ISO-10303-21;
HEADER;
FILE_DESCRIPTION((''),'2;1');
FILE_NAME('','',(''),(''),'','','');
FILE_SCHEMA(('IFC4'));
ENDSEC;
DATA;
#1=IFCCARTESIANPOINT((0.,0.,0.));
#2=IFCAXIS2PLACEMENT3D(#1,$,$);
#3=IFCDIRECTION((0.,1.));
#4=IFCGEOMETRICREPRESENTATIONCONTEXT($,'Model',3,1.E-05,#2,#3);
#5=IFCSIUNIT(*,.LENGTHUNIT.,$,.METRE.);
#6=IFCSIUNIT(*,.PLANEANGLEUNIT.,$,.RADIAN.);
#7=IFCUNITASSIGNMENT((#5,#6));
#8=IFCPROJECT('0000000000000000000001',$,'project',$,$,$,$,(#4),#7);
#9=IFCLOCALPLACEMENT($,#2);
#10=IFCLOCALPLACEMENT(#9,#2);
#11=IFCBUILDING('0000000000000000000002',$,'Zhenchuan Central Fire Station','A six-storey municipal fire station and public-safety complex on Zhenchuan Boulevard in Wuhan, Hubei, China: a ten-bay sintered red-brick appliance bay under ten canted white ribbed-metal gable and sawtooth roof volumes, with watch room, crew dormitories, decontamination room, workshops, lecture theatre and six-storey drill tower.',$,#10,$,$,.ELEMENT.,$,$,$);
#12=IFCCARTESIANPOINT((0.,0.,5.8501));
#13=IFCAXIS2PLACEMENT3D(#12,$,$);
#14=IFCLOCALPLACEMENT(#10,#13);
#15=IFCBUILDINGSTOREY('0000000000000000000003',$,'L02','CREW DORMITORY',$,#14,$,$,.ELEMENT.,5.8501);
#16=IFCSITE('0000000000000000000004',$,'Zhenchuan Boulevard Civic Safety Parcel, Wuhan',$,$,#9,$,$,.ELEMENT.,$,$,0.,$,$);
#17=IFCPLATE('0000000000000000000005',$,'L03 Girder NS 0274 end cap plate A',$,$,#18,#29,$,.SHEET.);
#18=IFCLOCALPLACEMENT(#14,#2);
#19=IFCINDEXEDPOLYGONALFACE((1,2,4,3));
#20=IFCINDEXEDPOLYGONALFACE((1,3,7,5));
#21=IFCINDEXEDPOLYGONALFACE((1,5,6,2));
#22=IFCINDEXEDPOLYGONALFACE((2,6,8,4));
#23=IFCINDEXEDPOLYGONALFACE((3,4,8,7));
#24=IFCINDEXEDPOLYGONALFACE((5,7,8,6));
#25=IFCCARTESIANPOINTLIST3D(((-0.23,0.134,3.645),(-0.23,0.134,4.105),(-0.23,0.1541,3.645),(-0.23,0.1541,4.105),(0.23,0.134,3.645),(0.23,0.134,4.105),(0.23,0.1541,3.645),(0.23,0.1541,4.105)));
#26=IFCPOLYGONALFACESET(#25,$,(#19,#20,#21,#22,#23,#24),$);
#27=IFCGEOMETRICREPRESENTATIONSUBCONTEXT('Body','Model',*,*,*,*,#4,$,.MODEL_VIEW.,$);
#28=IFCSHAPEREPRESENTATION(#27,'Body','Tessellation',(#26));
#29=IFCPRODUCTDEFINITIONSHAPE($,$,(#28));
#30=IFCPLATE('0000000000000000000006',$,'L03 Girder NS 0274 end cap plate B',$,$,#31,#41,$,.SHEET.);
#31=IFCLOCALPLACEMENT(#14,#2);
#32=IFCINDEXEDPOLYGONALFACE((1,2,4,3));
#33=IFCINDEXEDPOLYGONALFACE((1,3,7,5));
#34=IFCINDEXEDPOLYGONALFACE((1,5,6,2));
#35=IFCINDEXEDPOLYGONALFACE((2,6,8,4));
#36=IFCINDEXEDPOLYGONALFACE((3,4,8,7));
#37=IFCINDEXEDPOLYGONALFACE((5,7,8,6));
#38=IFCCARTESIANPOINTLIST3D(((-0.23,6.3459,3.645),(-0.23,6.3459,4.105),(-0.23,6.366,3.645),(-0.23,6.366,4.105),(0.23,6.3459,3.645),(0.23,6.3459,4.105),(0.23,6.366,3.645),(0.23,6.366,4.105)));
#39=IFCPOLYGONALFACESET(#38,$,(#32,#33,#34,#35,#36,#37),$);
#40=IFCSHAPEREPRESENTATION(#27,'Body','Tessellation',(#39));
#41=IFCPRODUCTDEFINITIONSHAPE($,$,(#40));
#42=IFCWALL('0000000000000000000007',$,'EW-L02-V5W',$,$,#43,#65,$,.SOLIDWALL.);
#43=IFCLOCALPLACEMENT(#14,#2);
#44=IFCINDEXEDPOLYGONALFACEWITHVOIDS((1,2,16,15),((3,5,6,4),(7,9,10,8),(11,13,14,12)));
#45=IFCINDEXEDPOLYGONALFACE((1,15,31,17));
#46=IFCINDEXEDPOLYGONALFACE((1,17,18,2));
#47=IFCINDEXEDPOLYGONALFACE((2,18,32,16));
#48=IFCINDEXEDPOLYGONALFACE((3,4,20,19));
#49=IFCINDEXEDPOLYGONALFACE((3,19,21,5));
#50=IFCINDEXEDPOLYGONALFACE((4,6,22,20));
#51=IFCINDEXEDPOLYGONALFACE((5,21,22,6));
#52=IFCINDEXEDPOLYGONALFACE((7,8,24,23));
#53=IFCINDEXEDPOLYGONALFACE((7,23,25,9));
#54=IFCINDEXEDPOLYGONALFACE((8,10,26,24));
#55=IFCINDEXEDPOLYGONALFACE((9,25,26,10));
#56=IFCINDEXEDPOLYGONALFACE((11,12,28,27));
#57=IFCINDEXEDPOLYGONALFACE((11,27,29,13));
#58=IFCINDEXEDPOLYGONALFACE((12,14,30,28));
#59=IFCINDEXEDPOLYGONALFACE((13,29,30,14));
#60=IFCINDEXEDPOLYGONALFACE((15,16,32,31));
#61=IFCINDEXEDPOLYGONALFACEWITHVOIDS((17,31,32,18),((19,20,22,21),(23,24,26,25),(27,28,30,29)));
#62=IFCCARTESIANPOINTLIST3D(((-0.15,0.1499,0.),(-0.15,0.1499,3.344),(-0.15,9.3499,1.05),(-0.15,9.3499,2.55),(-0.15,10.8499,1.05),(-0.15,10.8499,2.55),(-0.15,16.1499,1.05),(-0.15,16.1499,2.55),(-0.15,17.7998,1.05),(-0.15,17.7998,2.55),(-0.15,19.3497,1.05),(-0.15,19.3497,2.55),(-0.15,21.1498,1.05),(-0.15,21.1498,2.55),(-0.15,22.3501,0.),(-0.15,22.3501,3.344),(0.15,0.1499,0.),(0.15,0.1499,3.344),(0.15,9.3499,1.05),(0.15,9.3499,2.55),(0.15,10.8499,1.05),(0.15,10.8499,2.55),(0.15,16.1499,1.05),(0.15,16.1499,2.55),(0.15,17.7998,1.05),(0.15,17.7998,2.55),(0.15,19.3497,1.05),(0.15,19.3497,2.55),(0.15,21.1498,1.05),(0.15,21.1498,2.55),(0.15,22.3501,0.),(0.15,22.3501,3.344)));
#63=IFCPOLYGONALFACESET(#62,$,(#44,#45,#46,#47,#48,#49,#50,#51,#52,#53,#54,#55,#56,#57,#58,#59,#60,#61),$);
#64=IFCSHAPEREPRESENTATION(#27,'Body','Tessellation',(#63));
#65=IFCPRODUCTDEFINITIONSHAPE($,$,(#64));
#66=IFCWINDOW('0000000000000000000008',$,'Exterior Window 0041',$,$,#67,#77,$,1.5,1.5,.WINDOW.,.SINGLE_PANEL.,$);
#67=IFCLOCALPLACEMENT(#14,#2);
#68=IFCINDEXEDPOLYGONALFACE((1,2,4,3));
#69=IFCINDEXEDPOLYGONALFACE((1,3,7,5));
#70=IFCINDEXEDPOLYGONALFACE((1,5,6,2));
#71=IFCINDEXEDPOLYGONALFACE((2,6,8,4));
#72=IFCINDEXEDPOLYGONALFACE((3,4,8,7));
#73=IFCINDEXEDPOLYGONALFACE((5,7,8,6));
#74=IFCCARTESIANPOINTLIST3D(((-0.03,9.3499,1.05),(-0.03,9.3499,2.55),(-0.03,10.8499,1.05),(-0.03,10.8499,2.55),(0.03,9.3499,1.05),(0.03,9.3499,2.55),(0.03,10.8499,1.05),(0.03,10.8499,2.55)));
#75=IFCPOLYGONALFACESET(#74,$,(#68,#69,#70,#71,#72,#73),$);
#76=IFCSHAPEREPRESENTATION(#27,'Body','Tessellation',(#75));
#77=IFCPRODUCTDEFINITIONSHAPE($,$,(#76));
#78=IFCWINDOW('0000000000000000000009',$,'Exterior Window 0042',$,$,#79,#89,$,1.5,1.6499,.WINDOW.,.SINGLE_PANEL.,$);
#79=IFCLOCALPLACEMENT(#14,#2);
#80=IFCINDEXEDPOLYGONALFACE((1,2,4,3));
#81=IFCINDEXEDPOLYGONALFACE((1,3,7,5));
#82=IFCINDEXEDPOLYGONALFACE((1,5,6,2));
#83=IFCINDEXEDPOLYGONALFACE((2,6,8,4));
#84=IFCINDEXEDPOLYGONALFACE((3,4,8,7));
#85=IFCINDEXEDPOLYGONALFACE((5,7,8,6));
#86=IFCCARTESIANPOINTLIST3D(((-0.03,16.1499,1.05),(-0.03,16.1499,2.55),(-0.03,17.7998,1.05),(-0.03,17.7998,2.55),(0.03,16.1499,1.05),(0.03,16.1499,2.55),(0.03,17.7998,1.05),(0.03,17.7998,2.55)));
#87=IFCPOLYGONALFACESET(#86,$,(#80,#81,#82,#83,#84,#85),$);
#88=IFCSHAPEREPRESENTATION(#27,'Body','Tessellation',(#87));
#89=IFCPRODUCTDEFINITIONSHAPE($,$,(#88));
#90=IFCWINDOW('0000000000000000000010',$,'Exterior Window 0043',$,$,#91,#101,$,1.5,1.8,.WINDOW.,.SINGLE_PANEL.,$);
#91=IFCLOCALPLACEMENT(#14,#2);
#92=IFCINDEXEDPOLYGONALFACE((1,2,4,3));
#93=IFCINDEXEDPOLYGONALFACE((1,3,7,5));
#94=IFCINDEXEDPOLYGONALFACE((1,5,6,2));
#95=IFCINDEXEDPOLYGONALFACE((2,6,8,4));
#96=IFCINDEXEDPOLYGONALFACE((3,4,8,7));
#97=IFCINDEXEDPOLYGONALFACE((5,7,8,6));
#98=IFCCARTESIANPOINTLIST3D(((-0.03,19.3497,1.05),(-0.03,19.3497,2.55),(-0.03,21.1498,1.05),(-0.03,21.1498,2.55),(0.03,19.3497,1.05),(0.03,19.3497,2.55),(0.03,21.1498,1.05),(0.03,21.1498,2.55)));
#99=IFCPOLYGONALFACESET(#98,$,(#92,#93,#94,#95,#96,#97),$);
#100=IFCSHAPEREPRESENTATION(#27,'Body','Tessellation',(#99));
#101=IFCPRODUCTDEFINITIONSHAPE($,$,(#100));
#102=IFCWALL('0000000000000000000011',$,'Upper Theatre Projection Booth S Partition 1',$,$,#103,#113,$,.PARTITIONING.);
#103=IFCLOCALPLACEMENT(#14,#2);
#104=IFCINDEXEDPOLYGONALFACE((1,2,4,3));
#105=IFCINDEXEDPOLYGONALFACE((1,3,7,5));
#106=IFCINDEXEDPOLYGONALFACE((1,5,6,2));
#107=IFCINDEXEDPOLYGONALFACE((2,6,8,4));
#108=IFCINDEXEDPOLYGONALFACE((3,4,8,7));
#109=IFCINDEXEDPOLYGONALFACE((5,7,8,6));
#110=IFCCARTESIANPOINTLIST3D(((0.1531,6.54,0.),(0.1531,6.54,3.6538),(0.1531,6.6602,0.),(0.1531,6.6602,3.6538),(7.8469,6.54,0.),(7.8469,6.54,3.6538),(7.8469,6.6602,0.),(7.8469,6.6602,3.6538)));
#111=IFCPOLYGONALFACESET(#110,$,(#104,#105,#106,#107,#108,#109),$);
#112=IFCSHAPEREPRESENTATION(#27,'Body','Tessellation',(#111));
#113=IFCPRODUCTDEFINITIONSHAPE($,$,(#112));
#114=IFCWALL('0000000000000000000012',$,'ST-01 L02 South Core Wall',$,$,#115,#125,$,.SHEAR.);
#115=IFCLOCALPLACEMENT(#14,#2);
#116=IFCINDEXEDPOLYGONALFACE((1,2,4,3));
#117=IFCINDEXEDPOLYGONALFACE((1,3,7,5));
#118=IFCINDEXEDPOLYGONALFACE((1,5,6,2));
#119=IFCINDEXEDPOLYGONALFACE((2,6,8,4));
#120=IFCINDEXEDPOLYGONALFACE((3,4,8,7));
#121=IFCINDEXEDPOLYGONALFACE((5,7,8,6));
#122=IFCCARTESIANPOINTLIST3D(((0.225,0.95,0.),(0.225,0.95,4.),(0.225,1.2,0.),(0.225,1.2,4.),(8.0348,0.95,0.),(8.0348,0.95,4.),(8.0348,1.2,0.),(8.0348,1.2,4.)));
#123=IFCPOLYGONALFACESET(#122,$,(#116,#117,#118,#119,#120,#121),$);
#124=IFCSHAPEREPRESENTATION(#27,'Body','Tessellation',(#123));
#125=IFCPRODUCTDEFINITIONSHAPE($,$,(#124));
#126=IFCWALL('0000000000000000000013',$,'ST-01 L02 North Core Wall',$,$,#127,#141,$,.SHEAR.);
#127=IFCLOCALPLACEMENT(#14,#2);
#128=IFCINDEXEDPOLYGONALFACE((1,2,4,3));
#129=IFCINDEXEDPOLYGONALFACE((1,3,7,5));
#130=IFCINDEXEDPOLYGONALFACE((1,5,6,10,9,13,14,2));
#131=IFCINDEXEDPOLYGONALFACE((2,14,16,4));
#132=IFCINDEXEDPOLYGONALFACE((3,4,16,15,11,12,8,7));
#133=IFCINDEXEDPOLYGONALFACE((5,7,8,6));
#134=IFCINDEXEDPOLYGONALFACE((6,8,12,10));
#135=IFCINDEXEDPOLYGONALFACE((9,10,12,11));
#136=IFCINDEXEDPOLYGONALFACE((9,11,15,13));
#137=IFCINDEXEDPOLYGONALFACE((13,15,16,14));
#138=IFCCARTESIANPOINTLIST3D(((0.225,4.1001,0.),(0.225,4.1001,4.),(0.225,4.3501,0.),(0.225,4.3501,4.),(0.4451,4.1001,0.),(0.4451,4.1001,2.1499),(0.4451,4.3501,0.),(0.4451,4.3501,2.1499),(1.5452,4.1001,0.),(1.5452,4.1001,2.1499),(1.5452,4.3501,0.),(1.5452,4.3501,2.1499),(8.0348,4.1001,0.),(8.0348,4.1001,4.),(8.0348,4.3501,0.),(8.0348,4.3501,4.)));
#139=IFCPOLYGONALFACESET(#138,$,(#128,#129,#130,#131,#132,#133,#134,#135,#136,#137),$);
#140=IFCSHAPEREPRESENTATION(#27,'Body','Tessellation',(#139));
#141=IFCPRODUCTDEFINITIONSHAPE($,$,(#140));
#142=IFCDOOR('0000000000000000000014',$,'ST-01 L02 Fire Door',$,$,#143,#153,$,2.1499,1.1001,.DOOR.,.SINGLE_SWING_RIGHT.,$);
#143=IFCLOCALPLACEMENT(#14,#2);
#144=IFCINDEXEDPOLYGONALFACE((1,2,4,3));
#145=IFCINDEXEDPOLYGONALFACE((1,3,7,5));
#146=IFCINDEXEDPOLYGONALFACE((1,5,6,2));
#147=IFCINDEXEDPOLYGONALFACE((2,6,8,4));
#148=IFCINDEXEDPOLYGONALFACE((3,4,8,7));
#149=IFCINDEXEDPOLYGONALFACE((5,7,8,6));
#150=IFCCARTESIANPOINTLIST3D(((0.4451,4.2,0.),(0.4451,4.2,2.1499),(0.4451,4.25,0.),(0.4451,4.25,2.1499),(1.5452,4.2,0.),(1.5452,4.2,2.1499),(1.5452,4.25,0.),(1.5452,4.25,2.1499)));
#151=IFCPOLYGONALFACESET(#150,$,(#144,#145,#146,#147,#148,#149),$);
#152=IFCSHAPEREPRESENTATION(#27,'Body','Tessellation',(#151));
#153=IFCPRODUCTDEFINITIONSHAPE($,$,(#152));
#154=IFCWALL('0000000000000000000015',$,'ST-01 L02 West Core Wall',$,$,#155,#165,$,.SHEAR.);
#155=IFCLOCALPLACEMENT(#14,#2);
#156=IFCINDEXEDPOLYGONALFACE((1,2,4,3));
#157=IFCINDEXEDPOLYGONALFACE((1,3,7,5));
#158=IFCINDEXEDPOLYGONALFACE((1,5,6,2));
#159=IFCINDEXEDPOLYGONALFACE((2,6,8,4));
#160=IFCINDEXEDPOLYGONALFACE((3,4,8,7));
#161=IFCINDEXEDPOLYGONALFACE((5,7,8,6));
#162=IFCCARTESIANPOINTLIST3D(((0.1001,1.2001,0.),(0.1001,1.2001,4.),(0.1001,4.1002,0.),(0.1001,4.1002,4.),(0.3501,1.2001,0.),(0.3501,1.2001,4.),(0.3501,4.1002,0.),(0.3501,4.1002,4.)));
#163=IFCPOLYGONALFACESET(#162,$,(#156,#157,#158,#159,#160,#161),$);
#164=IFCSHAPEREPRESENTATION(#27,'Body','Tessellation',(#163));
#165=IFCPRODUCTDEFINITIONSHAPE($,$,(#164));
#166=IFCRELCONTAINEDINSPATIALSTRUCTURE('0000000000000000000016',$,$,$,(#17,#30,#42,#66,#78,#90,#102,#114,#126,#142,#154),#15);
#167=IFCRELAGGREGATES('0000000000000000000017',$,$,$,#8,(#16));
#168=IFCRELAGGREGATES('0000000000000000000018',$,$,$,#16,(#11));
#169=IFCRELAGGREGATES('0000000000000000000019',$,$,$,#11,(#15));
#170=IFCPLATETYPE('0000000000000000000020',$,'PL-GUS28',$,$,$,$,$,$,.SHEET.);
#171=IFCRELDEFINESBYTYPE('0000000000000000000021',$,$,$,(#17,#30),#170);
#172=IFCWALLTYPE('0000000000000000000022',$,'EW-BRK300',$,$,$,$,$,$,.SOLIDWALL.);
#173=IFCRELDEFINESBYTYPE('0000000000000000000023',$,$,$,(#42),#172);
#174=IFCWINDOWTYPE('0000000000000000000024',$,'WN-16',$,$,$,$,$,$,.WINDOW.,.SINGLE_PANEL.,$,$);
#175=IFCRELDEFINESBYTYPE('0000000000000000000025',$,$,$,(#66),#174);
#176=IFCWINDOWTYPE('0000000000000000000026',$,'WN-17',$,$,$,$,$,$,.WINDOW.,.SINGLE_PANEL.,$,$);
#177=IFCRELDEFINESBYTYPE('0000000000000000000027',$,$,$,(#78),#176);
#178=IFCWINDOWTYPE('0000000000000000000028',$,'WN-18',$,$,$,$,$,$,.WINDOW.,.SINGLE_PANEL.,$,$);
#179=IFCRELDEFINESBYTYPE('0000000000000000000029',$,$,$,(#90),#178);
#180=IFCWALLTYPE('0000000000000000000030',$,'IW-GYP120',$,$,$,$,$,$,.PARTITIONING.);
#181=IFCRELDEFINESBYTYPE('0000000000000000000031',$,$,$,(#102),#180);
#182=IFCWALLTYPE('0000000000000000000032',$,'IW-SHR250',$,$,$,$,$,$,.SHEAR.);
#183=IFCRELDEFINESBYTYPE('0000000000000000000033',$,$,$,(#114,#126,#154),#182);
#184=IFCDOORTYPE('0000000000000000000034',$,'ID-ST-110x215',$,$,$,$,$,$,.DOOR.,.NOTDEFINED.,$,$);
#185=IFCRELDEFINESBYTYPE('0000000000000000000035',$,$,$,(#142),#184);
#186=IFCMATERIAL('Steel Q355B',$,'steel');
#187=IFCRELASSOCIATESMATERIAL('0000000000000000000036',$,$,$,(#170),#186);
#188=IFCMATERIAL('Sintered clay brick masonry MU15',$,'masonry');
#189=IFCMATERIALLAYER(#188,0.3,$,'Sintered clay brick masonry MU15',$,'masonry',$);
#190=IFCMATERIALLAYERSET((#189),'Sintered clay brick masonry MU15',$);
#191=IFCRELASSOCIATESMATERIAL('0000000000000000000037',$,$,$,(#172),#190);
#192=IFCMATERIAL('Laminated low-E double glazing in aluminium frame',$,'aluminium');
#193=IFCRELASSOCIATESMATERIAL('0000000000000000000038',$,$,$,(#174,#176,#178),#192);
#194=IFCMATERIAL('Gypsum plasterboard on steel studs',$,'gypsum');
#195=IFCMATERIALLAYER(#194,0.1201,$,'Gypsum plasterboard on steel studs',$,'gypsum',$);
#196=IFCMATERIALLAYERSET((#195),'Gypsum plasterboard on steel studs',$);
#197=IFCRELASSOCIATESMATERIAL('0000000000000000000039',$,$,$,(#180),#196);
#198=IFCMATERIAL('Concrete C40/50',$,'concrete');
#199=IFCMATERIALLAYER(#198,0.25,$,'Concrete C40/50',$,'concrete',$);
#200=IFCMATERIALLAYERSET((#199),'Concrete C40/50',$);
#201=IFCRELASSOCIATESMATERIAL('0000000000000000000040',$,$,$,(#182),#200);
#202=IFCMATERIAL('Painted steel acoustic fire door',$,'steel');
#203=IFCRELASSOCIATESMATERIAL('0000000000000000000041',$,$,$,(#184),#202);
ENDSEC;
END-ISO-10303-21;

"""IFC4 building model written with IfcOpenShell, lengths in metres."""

from ifc_helpers import new_model, si_unit, direction, frame, frame_2d, origin, origin_2d, place, context, subcontext, project, spatial, rectangle, extrude, material, layer, layer_set, material_profile, profile_set, type_object, element, fill, save


model = new_model("IFC4")

# Units and contexts
model_context = context("Model", 3, precision=1e-05, world=origin(), true_north=direction((0.0, 1.0)))
body_context = subcontext(model_context, "Body", "Model", "MODEL_VIEW")
ifc_project = project(units=[si_unit("LENGTHUNIT", "METRE"), si_unit("PLANEANGLEUNIT", "RADIAN")], contexts=[model_context])

# Site, building, storey
site_placement = place(None, origin())
site = spatial("IfcSite", under=ifc_project, at=site_placement, Name="Zhenchuan Boulevard Civic Safety Parcel, Wuhan", CompositionType="ELEMENT", RefElevation=0.0)
building_placement = place(site_placement, origin())
building = spatial("IfcBuilding", under=site, at=building_placement, Name="Zhenchuan Central Fire Station", Description="A six-storey municipal fire station and public-safety complex on Zhenchuan Boulevard in Wuhan, Hubei, China: a ten-bay sintered red-brick appliance bay under ten canted white ribbed-metal gable and sawtooth roof volumes, with watch room, crew dormitories, decontamination room, workshops, lecture theatre and six-storey drill tower.", CompositionType="ELEMENT")
storey_placement = place(building_placement, frame((0.0, 0.0, 5.8501)))
storey = spatial("IfcBuildingStorey", under=building, at=storey_placement, Name="L02", Description="CREW DORMITORY", CompositionType="ELEMENT", Elevation=5.8501)

# Shared definitions
ifc_material_1 = material(Name="Steel Q355B", Category="steel")

# Plates
ifc_material_profile_1 = material_profile(ifc_material_1, rectangle(XDim=0.46, YDim=0.46, at=origin_2d()), Name="PL 460x460x28")
ifc_profile_set_1 = profile_set([ifc_material_profile_1], Name="Steel Q355B")
plate_type = type_object("IfcPlateType", Name="PL-GUS28", PredefinedType="SHEET", material=ifc_profile_set_1)
for number, where, z_axis, x_axis, name in (
    (1, (0.0, 0.134, 3.875), (0.0, 1.0, 0.0), (-1.0, 0.0, 0.0), "L03 Girder NS 0274 end cap plate A"),
    (2, (0.0, 6.3459, 3.875), (0.0, 1.0, 0.0), (-1.0, 0.0, 0.0), "L03 Girder NS 0274 end cap plate B"),
):
    element("IfcPlate", number, at=place(storey_placement, frame(where, z_axis=z_axis, x_axis=x_axis)), inside=storey, type_object=plate_type, Name=name, PredefinedType="SHEET", context=body_context, shape_type="SweptSolid", body=[
        extrude(rectangle(XDim=0.46, YDim=0.46, at=origin_2d()), origin(), (0.0, 0.0, 1.0), 0.02),
    ])

# Wall, openings, windows
ifc_material_2 = material(Name="Sintered clay brick masonry MU15", Category="masonry")
ifc_layer_1 = layer(ifc_material_2, 0.3, Name="Sintered clay brick masonry MU15", Category="masonry")
ifc_layer_set_1 = layer_set([ifc_layer_1], Name="Sintered clay brick masonry MU15")
wall_type_1 = type_object("IfcWallType", Name="EW-BRK300", PredefinedType="SOLIDWALL", material=ifc_layer_set_1)
wall_1_placement = place(storey_placement, frame((0.0, 0.1499, 0.0), z_axis=(0.0, 0.0, 1.0), x_axis=(0.0, 1.0, 0.0)))
wall_1 = element("IfcWall", 3, at=wall_1_placement, inside=storey, type_object=wall_type_1, Name="EW-L02-V5W", PredefinedType="SOLIDWALL", context=body_context, shape_type="SweptSolid", body=[
    extrude(rectangle(XDim=22.2002, YDim=0.3, at=frame_2d((11.1001, 0.0))), origin(), (0.0, 0.0, 1.0), 3.344),
])
opening_1_placement = place(wall_1_placement, frame((9.2, 0.0, 1.05)))
opening_1 = element("IfcOpeningElement", 4, at=opening_1_placement, cuts=wall_1, PredefinedType="OPENING", context=body_context, shape_type="SweptSolid", body=[
    extrude(rectangle(XDim=1.5, YDim=1.5, at=frame_2d((0.75, 0.75))), frame((0.0, 0.1599, 0.0), z_axis=(0.0, -1.0, 0.0), x_axis=(1.0, 0.0, 0.0)), (0.0, 0.0, 1.0), 0.3201),
])
opening_2_placement = place(wall_1_placement, frame((16.0, 0.0, 1.05)))
opening_2 = element("IfcOpeningElement", 5, at=opening_2_placement, cuts=wall_1, PredefinedType="OPENING", context=body_context, shape_type="SweptSolid", body=[
    extrude(rectangle(XDim=1.6499, YDim=1.5, at=frame_2d((0.825, 0.75))), frame((0.0, 0.1599, 0.0), z_axis=(0.0, -1.0, 0.0), x_axis=(1.0, 0.0, 0.0)), (0.0, 0.0, 1.0), 0.3201),
])
opening_3_placement = place(wall_1_placement, frame((19.2, 0.0, 1.05)))
opening_3 = element("IfcOpeningElement", 6, at=opening_3_placement, cuts=wall_1, PredefinedType="OPENING", context=body_context, shape_type="SweptSolid", body=[
    extrude(rectangle(XDim=1.8, YDim=1.5, at=frame_2d((0.8999, 0.75))), frame((0.0, 0.1599, 0.0), z_axis=(0.0, -1.0, 0.0), x_axis=(1.0, 0.0, 0.0)), (0.0, 0.0, 1.0), 0.3201),
])
ifc_material_3 = material(Name="Laminated low-E double glazing in aluminium frame", Category="aluminium")
window_type_1 = type_object("IfcWindowType", Name="WN-16", PartitioningType="SINGLE_PANEL", PredefinedType="WINDOW", material=ifc_material_3)
window_1_placement = place(opening_1_placement, origin())
window_1 = element("IfcWindow", 7, at=window_1_placement, inside=storey, type_object=window_type_1, Name="Exterior Window 0041", OverallHeight=1.5, OverallWidth=1.5, PartitioningType="SINGLE_PANEL", PredefinedType="WINDOW", context=body_context, shape_type="SweptSolid", body=[
    extrude(rectangle(XDim=1.5, YDim=1.5, at=frame_2d((0.75, 0.75))), frame((0.0, 0.03, 0.0), z_axis=(0.0, -1.0, 0.0), x_axis=(1.0, 0.0, 0.0)), (0.0, 0.0, 1.0), 0.0601),
])
fill(opening_1, window_1)
window_type_2 = type_object("IfcWindowType", Name="WN-17", PartitioningType="SINGLE_PANEL", PredefinedType="WINDOW", material=ifc_material_3)
window_2_placement = place(opening_2_placement, origin())
window_2 = element("IfcWindow", 8, at=window_2_placement, inside=storey, type_object=window_type_2, Name="Exterior Window 0042", OverallHeight=1.5, OverallWidth=1.6499, PartitioningType="SINGLE_PANEL", PredefinedType="WINDOW", context=body_context, shape_type="SweptSolid", body=[
    extrude(rectangle(XDim=1.6499, YDim=1.5, at=frame_2d((0.825, 0.75))), frame((0.0, 0.03, 0.0), z_axis=(0.0, -1.0, 0.0), x_axis=(1.0, 0.0, 0.0)), (0.0, 0.0, 1.0), 0.0601),
])
fill(opening_2, window_2)
window_type_3 = type_object("IfcWindowType", Name="WN-18", PartitioningType="SINGLE_PANEL", PredefinedType="WINDOW", material=ifc_material_3)
window_3_placement = place(opening_3_placement, origin())
window_3 = element("IfcWindow", 9, at=window_3_placement, inside=storey, type_object=window_type_3, Name="Exterior Window 0043", OverallHeight=1.5, OverallWidth=1.8, PartitioningType="SINGLE_PANEL", PredefinedType="WINDOW", context=body_context, shape_type="SweptSolid", body=[
    extrude(rectangle(XDim=1.8, YDim=1.5, at=frame_2d((0.8999, 0.75))), frame((0.0, 0.03, 0.0), z_axis=(0.0, -1.0, 0.0), x_axis=(1.0, 0.0, 0.0)), (0.0, 0.0, 1.0), 0.0601),
])
fill(opening_3, window_3)

# Walls
ifc_material_4 = material(Name="Gypsum plasterboard on steel studs", Category="gypsum")
ifc_layer_2 = layer(ifc_material_4, 0.1201, Name="Gypsum plasterboard on steel studs", Category="gypsum")
ifc_layer_set_2 = layer_set([ifc_layer_2], Name="Gypsum plasterboard on steel studs")
wall_type_2 = type_object("IfcWallType", Name="IW-GYP120", PredefinedType="PARTITIONING", material=ifc_layer_set_2)
wall_2_placement = place(storey_placement, frame((0.1531, 6.6001, 0.0), z_axis=(0.0, 0.0, 1.0), x_axis=(1.0, 0.0, 0.0)))
element("IfcWall", 10, at=wall_2_placement, inside=storey, type_object=wall_type_2, Name="Upper Theatre Projection Booth S Partition 1", PredefinedType="PARTITIONING", context=body_context, shape_type="SweptSolid", body=[
    extrude(rectangle(XDim=7.6938, YDim=0.1201, at=frame_2d((3.8469, 0.0))), origin(), (0.0, 0.0, 1.0), 3.6538),
])
ifc_material_5 = material(Name="Concrete C40/50", Category="concrete")
ifc_layer_3 = layer(ifc_material_5, 0.25, Name="Concrete C40/50", Category="concrete")
ifc_layer_set_3 = layer_set([ifc_layer_3], Name="Concrete C40/50")
wall_type_3 = type_object("IfcWallType", Name="IW-SHR250", PredefinedType="SHEAR", material=ifc_layer_set_3)
wall_3_placement = place(storey_placement, frame((0.2251, 1.075, 0.0), z_axis=(0.0, 0.0, 1.0), x_axis=(1.0, 0.0, 0.0)))
element("IfcWall", 11, at=wall_3_placement, inside=storey, type_object=wall_type_3, Name="ST-01 L02 South Core Wall", PredefinedType="SHEAR", context=body_context, shape_type="SweptSolid", body=[
    extrude(rectangle(XDim=7.8098, YDim=0.25, at=frame_2d((3.9048, 0.0))), origin(), (0.0, 0.0, 1.0), 4.0),
])

# Wall, opening, door
wall_4_placement = place(storey_placement, frame((0.2251, 4.2251, 0.0), z_axis=(0.0, 0.0, 1.0), x_axis=(1.0, 0.0, 0.0)))
wall_4 = element("IfcWall", 12, at=wall_4_placement, inside=storey, type_object=wall_type_3, Name="ST-01 L02 North Core Wall", PredefinedType="SHEAR", context=body_context, shape_type="SweptSolid", body=[
    extrude(rectangle(XDim=7.8098, YDim=0.25, at=frame_2d((3.9048, 0.0))), origin(), (0.0, 0.0, 1.0), 4.0),
])
opening_4_placement = place(wall_4_placement, frame((0.22, 0.0, 0.0)))
opening_4 = element("IfcOpeningElement", 13, at=opening_4_placement, cuts=wall_4, PredefinedType="OPENING", context=body_context, shape_type="SweptSolid", body=[
    extrude(rectangle(XDim=1.1001, YDim=2.1499, at=frame_2d((0.55, 1.075))), frame((0.0, 0.135, 0.0), z_axis=(0.0, -1.0, 0.0), x_axis=(1.0, 0.0, 0.0)), (0.0, 0.0, 1.0), 0.27),
])
ifc_material_6 = material(Name="Painted steel acoustic fire door", Category="steel")
door_type = type_object("IfcDoorType", Name="ID-ST-110x215", OperationType="NOTDEFINED", PredefinedType="DOOR", material=ifc_material_6)
door_placement = place(opening_4_placement, origin())
door = element("IfcDoor", 14, at=door_placement, inside=storey, type_object=door_type, Name="ST-01 L02 Fire Door", OperationType="SINGLE_SWING_RIGHT", OverallHeight=2.1499, OverallWidth=1.1001, PredefinedType="DOOR", context=body_context, shape_type="SweptSolid", body=[
    extrude(rectangle(XDim=1.1001, YDim=2.1499, at=frame_2d((0.55, 1.075))), frame((0.0, 0.0249, 0.0), z_axis=(0.0, -1.0, 0.0), x_axis=(1.0, 0.0, 0.0)), (0.0, 0.0, 1.0), 0.05),
])
fill(opening_4, door)

# Wall
for number, where, z_axis, x_axis, name in (
    (15, (0.2251, 1.2, 0.0), (0.0, 0.0, 1.0), (0.0, 1.0, 0.0), "ST-01 L02 West Core Wall"),
):
    element("IfcWall", number, at=place(storey_placement, frame(where, z_axis=z_axis, x_axis=x_axis)), inside=storey, type_object=wall_type_3, Name=name, PredefinedType="SHEAR", context=body_context, shape_type="SweptSolid", body=[
        extrude(rectangle(XDim=2.9001, YDim=0.25, at=frame_2d((1.4502, 0.0))), origin(), (0.0, 0.0, 1.0), 4.0),
    ])

save(model, "model.ifc")
